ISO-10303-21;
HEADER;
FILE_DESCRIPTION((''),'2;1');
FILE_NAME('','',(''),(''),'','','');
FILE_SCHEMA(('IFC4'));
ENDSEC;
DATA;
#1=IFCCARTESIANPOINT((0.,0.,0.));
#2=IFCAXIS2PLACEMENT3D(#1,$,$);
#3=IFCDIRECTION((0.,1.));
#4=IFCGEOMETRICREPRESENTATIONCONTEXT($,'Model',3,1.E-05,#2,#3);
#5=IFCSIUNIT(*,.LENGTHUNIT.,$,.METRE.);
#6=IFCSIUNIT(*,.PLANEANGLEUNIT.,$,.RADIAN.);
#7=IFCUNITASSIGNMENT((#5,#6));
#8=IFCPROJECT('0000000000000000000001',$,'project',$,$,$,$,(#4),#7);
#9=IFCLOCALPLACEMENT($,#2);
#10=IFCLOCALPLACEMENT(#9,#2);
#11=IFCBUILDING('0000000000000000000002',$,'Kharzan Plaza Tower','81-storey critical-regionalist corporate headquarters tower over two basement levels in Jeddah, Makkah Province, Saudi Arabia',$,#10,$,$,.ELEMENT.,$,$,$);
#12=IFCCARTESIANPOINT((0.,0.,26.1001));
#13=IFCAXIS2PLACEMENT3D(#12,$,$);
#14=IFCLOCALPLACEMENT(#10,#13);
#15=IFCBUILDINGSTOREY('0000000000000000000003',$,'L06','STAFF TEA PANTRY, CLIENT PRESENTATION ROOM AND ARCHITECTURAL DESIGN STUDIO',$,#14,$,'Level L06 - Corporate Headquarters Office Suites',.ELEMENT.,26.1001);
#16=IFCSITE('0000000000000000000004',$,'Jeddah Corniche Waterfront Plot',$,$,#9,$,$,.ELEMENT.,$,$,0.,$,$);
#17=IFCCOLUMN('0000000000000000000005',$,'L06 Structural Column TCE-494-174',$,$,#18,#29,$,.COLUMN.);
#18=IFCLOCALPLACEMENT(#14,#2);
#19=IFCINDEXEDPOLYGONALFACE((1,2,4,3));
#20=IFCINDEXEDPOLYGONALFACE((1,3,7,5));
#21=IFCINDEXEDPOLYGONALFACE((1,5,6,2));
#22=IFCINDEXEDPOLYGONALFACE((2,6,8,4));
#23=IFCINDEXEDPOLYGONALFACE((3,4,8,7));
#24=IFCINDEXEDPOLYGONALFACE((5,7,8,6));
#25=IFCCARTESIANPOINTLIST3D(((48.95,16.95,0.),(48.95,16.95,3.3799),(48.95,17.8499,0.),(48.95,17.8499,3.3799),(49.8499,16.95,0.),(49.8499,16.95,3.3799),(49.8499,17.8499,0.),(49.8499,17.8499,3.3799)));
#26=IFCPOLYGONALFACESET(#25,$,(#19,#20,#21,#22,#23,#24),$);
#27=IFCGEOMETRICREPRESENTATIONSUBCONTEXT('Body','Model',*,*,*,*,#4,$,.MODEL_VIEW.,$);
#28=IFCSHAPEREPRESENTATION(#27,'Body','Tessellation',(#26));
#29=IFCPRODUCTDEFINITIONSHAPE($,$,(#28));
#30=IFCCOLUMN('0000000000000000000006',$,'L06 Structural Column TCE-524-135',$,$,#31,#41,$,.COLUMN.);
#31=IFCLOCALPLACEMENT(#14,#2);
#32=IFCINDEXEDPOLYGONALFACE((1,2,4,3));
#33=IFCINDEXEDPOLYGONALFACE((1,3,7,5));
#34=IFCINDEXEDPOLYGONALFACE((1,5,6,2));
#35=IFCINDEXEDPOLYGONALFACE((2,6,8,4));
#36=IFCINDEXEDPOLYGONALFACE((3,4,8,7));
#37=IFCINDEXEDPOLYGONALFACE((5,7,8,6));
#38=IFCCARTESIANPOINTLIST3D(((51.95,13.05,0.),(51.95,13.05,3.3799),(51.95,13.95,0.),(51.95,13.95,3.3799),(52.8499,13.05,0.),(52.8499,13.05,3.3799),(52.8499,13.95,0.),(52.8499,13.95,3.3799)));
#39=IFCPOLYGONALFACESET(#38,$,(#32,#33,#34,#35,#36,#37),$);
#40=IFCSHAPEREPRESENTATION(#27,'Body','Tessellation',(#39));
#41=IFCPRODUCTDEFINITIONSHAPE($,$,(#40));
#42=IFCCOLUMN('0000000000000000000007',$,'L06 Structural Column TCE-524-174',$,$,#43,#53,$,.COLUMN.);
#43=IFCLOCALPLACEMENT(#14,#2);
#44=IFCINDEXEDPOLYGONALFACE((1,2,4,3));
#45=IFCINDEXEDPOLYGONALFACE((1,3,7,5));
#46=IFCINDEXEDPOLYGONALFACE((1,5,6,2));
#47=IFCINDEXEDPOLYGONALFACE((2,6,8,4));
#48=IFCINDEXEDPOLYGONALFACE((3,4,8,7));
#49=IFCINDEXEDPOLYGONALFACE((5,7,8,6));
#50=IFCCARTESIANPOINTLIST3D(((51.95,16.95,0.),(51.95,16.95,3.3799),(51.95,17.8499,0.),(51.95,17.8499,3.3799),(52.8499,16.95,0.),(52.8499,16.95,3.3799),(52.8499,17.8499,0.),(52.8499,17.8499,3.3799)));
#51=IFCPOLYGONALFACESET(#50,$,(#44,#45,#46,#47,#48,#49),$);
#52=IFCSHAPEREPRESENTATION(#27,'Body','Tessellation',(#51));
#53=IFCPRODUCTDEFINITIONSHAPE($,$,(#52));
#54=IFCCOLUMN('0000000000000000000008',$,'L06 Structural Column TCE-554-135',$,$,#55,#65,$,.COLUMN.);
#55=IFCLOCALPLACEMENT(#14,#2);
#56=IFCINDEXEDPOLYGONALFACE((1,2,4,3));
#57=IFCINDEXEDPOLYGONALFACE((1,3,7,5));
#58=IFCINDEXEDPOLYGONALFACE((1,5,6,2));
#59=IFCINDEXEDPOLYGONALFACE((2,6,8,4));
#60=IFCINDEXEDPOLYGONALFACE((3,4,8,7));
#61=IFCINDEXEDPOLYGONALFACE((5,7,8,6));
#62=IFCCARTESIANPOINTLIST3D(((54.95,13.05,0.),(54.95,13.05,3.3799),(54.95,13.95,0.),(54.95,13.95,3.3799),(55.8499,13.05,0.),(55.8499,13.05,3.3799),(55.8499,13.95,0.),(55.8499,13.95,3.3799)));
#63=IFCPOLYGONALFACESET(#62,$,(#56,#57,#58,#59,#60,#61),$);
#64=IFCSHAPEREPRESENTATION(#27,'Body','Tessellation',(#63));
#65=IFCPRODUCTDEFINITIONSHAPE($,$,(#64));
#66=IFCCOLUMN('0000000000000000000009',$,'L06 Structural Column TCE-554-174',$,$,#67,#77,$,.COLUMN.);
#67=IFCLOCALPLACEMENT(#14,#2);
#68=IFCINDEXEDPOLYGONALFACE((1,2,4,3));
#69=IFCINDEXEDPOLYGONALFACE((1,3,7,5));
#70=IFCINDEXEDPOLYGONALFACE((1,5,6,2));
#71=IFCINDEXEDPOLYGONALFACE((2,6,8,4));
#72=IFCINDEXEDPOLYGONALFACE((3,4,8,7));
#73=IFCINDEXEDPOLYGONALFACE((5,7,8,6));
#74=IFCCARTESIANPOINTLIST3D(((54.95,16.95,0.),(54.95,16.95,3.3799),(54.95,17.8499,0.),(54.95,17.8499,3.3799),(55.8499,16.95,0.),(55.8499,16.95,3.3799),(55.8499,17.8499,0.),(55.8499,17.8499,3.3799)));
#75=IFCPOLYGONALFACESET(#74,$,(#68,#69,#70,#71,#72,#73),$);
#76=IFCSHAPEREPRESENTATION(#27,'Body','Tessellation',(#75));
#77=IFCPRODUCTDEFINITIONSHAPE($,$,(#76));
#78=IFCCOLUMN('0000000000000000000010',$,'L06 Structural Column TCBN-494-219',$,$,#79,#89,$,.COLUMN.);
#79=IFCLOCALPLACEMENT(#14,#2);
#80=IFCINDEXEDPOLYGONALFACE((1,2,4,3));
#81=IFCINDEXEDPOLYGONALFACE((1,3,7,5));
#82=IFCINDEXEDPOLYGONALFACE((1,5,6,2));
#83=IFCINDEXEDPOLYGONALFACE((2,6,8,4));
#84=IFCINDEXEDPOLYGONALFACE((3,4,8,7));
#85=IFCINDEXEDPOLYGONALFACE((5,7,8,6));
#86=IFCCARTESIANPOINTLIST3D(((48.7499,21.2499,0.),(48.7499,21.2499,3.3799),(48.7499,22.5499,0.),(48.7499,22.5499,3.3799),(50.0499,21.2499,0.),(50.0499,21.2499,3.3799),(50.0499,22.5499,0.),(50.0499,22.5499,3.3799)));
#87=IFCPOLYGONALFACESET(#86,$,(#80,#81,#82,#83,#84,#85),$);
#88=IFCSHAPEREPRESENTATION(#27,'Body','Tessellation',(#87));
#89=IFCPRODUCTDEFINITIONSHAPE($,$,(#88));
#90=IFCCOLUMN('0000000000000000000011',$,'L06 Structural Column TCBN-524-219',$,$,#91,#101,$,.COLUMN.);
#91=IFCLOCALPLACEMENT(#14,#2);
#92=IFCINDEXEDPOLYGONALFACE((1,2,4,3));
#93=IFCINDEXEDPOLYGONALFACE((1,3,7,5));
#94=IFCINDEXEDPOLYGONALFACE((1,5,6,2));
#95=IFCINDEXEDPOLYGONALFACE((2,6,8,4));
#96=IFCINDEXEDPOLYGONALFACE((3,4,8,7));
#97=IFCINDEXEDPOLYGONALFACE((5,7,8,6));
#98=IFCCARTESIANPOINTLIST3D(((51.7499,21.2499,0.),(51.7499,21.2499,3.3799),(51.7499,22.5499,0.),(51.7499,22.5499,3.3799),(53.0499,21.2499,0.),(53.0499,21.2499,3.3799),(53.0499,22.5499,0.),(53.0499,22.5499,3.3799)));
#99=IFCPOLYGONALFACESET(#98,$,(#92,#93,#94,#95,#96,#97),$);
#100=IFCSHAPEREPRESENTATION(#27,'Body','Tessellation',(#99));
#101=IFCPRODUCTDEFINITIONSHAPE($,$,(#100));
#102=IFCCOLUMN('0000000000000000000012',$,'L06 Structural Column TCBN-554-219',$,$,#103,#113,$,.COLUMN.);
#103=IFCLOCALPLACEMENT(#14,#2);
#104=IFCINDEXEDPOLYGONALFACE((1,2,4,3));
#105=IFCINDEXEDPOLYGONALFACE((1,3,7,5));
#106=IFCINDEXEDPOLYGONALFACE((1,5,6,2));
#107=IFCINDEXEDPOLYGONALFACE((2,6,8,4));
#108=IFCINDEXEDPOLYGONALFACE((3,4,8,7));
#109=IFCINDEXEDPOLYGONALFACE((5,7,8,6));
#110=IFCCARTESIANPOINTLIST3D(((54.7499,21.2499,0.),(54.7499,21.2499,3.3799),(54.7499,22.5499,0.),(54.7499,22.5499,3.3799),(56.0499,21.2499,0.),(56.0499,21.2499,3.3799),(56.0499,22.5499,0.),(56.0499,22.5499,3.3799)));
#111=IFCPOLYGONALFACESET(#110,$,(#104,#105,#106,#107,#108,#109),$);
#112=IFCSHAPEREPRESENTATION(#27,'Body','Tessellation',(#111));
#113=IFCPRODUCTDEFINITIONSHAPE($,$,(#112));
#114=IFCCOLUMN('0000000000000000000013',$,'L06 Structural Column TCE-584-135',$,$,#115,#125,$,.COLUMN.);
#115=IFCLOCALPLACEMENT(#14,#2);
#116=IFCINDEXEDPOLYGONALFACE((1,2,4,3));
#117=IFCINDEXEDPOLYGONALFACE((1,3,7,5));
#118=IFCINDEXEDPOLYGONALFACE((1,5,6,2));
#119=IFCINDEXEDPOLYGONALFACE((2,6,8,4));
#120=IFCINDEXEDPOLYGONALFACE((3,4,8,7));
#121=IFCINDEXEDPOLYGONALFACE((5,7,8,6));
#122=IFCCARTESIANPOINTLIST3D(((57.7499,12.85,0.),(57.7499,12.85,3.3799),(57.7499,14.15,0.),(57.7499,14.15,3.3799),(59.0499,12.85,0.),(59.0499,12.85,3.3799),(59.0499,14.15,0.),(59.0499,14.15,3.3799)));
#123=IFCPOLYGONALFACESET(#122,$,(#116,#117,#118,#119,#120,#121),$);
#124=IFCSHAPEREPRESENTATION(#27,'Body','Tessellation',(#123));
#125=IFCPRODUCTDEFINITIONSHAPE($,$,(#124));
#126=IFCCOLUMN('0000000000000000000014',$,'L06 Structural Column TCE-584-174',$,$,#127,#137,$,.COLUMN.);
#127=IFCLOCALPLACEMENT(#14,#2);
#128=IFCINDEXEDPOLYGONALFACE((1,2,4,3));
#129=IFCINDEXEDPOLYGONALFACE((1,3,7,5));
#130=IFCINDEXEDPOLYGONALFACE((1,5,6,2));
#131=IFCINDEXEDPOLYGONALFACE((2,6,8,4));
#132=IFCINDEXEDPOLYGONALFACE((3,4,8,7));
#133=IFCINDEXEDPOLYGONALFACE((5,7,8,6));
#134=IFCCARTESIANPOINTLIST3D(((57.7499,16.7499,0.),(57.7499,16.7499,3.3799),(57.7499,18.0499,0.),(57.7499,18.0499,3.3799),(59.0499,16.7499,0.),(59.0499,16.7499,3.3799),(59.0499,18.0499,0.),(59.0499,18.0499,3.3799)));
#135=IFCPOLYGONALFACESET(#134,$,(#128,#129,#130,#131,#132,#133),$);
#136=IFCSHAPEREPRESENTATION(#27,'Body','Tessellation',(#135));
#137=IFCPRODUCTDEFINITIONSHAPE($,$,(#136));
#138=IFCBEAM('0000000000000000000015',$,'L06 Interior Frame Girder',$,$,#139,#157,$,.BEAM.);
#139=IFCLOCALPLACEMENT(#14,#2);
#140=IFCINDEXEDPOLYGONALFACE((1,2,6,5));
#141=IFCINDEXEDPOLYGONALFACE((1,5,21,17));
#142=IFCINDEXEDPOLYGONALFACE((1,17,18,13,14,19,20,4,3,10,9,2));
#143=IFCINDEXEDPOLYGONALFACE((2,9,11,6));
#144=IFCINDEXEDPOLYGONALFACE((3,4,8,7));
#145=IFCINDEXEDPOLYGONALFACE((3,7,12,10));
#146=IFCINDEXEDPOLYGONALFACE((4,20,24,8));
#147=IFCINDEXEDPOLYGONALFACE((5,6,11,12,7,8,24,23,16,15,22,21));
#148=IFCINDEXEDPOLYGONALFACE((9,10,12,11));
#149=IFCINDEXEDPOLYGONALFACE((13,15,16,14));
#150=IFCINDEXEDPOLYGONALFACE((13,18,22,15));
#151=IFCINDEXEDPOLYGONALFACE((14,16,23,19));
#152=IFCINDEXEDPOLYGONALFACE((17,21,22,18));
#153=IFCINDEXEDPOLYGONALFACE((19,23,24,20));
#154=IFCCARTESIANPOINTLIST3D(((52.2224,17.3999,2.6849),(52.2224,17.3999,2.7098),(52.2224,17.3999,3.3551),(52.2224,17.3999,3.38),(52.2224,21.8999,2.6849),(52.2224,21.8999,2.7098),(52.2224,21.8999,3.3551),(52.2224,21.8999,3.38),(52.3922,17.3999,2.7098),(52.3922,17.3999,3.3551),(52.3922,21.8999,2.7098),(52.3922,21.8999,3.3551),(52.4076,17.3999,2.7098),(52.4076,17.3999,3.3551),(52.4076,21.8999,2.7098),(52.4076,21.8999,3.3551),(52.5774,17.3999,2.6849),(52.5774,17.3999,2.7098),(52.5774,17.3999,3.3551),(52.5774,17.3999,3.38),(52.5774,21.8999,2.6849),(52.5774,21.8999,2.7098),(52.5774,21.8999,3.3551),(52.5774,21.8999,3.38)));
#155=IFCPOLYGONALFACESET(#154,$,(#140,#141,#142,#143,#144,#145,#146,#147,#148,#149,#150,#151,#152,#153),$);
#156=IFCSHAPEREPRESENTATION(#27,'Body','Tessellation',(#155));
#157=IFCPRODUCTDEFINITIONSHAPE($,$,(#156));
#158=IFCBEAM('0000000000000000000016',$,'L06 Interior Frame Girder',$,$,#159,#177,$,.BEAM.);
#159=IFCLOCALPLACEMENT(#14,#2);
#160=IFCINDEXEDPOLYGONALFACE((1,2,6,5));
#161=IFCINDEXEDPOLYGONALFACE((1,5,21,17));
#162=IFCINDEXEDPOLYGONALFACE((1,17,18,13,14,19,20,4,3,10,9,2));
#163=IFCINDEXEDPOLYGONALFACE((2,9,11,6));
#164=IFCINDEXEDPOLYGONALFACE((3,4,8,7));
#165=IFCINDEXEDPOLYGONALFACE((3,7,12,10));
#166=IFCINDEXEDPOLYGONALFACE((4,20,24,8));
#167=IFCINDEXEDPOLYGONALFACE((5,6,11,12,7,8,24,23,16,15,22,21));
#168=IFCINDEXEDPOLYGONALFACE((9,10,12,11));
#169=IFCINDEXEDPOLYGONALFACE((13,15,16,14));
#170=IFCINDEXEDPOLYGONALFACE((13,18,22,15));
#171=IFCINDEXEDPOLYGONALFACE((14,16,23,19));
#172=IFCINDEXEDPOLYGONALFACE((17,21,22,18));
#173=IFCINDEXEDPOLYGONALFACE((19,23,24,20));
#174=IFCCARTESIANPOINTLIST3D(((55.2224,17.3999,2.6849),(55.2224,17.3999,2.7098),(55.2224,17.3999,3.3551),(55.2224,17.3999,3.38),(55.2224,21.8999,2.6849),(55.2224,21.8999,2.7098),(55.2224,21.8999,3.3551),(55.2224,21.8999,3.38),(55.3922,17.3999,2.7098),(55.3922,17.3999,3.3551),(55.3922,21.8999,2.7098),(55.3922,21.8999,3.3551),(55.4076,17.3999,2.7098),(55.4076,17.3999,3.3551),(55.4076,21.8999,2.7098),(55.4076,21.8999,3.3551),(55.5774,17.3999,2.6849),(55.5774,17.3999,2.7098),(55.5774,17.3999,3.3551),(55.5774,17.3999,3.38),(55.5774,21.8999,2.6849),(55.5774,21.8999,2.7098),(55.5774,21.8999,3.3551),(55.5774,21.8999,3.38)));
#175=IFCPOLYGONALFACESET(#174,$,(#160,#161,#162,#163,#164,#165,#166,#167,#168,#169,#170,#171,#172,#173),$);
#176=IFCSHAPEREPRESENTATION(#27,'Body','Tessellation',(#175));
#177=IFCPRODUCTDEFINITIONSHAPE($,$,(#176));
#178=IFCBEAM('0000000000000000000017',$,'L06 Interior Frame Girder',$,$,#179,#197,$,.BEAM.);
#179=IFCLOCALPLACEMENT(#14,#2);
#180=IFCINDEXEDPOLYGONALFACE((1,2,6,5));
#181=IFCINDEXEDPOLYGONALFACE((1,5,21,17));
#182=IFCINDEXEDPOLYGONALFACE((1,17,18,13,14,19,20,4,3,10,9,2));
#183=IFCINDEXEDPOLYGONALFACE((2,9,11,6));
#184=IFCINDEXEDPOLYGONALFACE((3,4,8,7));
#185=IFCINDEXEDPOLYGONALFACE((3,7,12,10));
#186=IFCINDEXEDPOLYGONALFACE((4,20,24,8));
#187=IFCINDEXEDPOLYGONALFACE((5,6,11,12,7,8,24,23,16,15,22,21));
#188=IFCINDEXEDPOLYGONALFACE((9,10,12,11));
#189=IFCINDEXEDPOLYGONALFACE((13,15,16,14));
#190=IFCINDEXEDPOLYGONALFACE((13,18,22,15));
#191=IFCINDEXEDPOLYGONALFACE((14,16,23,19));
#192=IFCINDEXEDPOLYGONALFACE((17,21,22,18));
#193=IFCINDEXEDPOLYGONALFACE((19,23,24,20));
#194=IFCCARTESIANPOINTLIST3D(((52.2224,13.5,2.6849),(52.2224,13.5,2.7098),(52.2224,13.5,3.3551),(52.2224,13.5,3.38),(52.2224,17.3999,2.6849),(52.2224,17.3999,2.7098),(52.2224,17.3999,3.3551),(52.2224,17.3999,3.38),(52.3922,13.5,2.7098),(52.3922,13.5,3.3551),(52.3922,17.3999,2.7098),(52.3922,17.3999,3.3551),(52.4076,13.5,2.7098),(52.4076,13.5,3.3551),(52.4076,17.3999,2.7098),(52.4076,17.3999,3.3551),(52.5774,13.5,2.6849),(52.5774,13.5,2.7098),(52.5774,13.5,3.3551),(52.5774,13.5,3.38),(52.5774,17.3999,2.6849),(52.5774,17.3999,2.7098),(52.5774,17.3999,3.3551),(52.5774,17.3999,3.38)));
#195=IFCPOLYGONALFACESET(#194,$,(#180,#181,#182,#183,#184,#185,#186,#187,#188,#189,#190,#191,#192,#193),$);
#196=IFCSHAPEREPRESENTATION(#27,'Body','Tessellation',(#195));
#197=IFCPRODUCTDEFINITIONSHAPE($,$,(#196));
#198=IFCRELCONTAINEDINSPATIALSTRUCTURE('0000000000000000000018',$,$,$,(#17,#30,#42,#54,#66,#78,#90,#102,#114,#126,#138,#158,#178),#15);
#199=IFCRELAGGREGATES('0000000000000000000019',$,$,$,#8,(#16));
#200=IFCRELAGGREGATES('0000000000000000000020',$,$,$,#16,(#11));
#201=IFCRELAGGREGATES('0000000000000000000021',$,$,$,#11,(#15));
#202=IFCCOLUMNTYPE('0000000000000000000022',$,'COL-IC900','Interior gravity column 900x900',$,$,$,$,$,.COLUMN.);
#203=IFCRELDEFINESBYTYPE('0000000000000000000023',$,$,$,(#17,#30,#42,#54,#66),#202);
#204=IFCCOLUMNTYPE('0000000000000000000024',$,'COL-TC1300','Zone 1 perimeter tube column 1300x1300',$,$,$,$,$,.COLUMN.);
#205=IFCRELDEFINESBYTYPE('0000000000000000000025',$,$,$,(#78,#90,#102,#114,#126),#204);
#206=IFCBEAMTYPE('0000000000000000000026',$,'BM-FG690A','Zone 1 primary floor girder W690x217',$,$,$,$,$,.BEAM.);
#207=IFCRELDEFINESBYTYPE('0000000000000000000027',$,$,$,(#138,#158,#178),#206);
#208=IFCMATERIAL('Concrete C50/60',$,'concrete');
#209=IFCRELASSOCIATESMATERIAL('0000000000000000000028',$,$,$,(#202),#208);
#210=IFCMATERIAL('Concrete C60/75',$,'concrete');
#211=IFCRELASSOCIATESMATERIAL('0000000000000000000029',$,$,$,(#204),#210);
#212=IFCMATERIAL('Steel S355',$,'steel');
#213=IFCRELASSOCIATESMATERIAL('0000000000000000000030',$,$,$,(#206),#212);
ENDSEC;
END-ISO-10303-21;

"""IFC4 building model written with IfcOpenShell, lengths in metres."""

from ifc_helpers import new_model, si_unit, direction, frame, origin, origin_2d, place, context, subcontext, project, spatial, rectangle, i_section, extrude, source, transform, mapped, material, material_profile, profile_set, type_object, element, save


model = new_model("IFC4")

# Units and contexts
model_context = context("Model", 3, precision=1e-05, world=origin(), true_north=direction((0.0, 1.0)))
body_context = subcontext(model_context, "Body", "Model", "MODEL_VIEW")
ifc_project = project(units=[si_unit("LENGTHUNIT", "METRE"), si_unit("PLANEANGLEUNIT", "RADIAN")], contexts=[model_context])

# Site, building, storey
site_placement = place(None, origin())
site = spatial("IfcSite", under=ifc_project, at=site_placement, Name="Jeddah Corniche Waterfront Plot", CompositionType="ELEMENT", RefElevation=0.0)
building_placement = place(site_placement, origin())
building = spatial("IfcBuilding", under=site, at=building_placement, Name="Kharzan Plaza Tower", Description="81-storey critical-regionalist corporate headquarters tower over two basement levels in Jeddah, Makkah Province, Saudi Arabia", CompositionType="ELEMENT")
storey_placement = place(building_placement, frame((0.0, 0.0, 26.1001)))
storey = spatial("IfcBuildingStorey", under=building, at=storey_placement, Name="L06", Description="STAFF TEA PANTRY, CLIENT PRESENTATION ROOM AND ARCHITECTURAL DESIGN STUDIO", LongName="Level L06 - Corporate Headquarters Office Suites", CompositionType="ELEMENT", Elevation=26.1001)

# Columns
ifc_material_1 = material(Name="Concrete C50/60", Category="concrete")
ifc_material_profile_1 = material_profile(ifc_material_1, rectangle(XDim=0.8999, YDim=0.8999, at=origin_2d()), Name="RC-IC900x900")
ifc_profile_set_1 = profile_set([ifc_material_profile_1], Name="Concrete C50/60")
column_type_1 = type_object("IfcColumnType", Name="COL-IC900", Description="Interior gravity column 900x900", PredefinedType="COLUMN", material=ifc_profile_set_1)
shared_shape_1 = source(origin(), body_context, "Body", "SweptSolid", [
    extrude(rectangle(XDim=0.8999, YDim=0.8999, at=origin_2d()), origin(), (0.0, 0.0, 1.0), 3.3799),
])
for number, where, z_axis, x_axis, name in (
    (1, (49.3999, 17.3999, 0.0), (0.0, 0.0, 1.0), (1.0, 0.0, 0.0), "L06 Structural Column TCE-494-174"),
    (2, (52.3999, 13.5, 0.0), (0.0, 0.0, 1.0), (1.0, 0.0, 0.0), "L06 Structural Column TCE-524-135"),
    (3, (52.3999, 17.3999, 0.0), (0.0, 0.0, 1.0), (1.0, 0.0, 0.0), "L06 Structural Column TCE-524-174"),
    (4, (55.3999, 13.5, 0.0), (0.0, 0.0, 1.0), (1.0, 0.0, 0.0), "L06 Structural Column TCE-554-135"),
    (5, (55.3999, 17.3999, 0.0), (0.0, 0.0, 1.0), (1.0, 0.0, 0.0), "L06 Structural Column TCE-554-174"),
):
    element("IfcColumn", number, at=place(storey_placement, frame(where, z_axis=z_axis, x_axis=x_axis)), inside=storey, type_object=column_type_1, Name=name, PredefinedType="COLUMN", context=body_context, shape_type="MappedRepresentation", body=[
        mapped(shared_shape_1, transform((0.0, 0.0, 0.0), x_axis=(1.0, 0.0, 0.0), y_axis=(0.0, 1.0, 0.0), z_axis=(0.0, 0.0, 1.0))),
    ])
ifc_material_2 = material(Name="Concrete C60/75", Category="concrete")
ifc_material_profile_2 = material_profile(ifc_material_2, rectangle(XDim=1.3, YDim=1.3, at=origin_2d()), Name="RC-TC1300x1300")
ifc_profile_set_2 = profile_set([ifc_material_profile_2], Name="Concrete C60/75")
column_type_2 = type_object("IfcColumnType", Name="COL-TC1300", Description="Zone 1 perimeter tube column 1300x1300", PredefinedType="COLUMN", material=ifc_profile_set_2)
shared_shape_2 = source(origin(), body_context, "Body", "SweptSolid", [
    extrude(rectangle(XDim=1.3, YDim=1.3, at=origin_2d()), origin(), (0.0, 0.0, 1.0), 3.3799),
])
for number, where, z_axis, x_axis, name in (
    (6, (49.3999, 21.8999, 0.0), (0.0, 0.0, 1.0), (1.0, 0.0, 0.0), "L06 Structural Column TCBN-494-219"),
    (7, (52.3999, 21.8999, 0.0), (0.0, 0.0, 1.0), (1.0, 0.0, 0.0), "L06 Structural Column TCBN-524-219"),
    (8, (55.3999, 21.8999, 0.0), (0.0, 0.0, 1.0), (1.0, 0.0, 0.0), "L06 Structural Column TCBN-554-219"),
    (9, (58.3999, 13.5, 0.0), (0.0, 0.0, 1.0), (1.0, 0.0, 0.0), "L06 Structural Column TCE-584-135"),
    (10, (58.3999, 17.3999, 0.0), (0.0, 0.0, 1.0), (1.0, 0.0, 0.0), "L06 Structural Column TCE-584-174"),
):
    element("IfcColumn", number, at=place(storey_placement, frame(where, z_axis=z_axis, x_axis=x_axis)), inside=storey, type_object=column_type_2, Name=name, PredefinedType="COLUMN", context=body_context, shape_type="MappedRepresentation", body=[
        mapped(shared_shape_2, transform((0.0, 0.0, 0.0), x_axis=(1.0, 0.0, 0.0), y_axis=(0.0, 1.0, 0.0), z_axis=(0.0, 0.0, 1.0))),
    ])

# Beams
ifc_material_3 = material(Name="Steel S355", Category="steel")
ifc_material_profile_3 = material_profile(ifc_material_3, i_section(OverallWidth=0.355, OverallDepth=0.6951, WebThickness=0.0154, FlangeThickness=0.0249, at=origin_2d()), Name="W690x217")
ifc_profile_set_3 = profile_set([ifc_material_profile_3], Name="Steel S355")
beam_type_1 = type_object("IfcBeamType", Name="BM-FG690A", Description="Zone 1 primary floor girder W690x217", PredefinedType="BEAM", material=ifc_profile_set_3)
shared_shape_3 = source(origin(), body_context, "Body", "SweptSolid", [
    extrude(i_section(OverallWidth=0.355, OverallDepth=0.6951, WebThickness=0.0154, FlangeThickness=0.0249, at=origin_2d()), origin(), (0.0, 0.0, 1.0), 4.5),
])
for number, where, z_axis, x_axis, name in (
    (11, (52.3999, 17.3999, 3.0325), (0.0, 1.0, 0.0), (-1.0, 0.0, 0.0), "L06 Interior Frame Girder"),
    (12, (55.3999, 17.3999, 3.0325), (0.0, 1.0, 0.0), (-1.0, 0.0, 0.0), "L06 Interior Frame Girder"),
):
    element("IfcBeam", number, at=place(storey_placement, frame(where, z_axis=z_axis, x_axis=x_axis)), inside=storey, type_object=beam_type_1, Name=name, PredefinedType="BEAM", context=body_context, shape_type="MappedRepresentation", body=[
        mapped(shared_shape_3, transform((0.0, 0.0, 0.0), x_axis=(1.0, 0.0, 0.0), y_axis=(0.0, 1.0, 0.0), z_axis=(0.0, 0.0, 1.0))),
    ])
shared_shape_4 = source(origin(), body_context, "Body", "SweptSolid", [
    extrude(i_section(OverallWidth=0.355, OverallDepth=0.6951, WebThickness=0.0154, FlangeThickness=0.0249, at=origin_2d()), origin(), (0.0, 0.0, 1.0), 3.8999),
])
for number, where, z_axis, x_axis, name in (
    (13, (52.3999, 13.5, 3.0325), (0.0, 1.0, 0.0), (-1.0, 0.0, 0.0), "L06 Interior Frame Girder"),
):
    element("IfcBeam", number, at=place(storey_placement, frame(where, z_axis=z_axis, x_axis=x_axis)), inside=storey, type_object=beam_type_1, Name=name, PredefinedType="BEAM", context=body_context, shape_type="MappedRepresentation", body=[
        mapped(shared_shape_4, transform((0.0, 0.0, 0.0), x_axis=(1.0, 0.0, 0.0), y_axis=(0.0, 1.0, 0.0), z_axis=(0.0, 0.0, 1.0))),
    ])

save(model, "model.ifc")
